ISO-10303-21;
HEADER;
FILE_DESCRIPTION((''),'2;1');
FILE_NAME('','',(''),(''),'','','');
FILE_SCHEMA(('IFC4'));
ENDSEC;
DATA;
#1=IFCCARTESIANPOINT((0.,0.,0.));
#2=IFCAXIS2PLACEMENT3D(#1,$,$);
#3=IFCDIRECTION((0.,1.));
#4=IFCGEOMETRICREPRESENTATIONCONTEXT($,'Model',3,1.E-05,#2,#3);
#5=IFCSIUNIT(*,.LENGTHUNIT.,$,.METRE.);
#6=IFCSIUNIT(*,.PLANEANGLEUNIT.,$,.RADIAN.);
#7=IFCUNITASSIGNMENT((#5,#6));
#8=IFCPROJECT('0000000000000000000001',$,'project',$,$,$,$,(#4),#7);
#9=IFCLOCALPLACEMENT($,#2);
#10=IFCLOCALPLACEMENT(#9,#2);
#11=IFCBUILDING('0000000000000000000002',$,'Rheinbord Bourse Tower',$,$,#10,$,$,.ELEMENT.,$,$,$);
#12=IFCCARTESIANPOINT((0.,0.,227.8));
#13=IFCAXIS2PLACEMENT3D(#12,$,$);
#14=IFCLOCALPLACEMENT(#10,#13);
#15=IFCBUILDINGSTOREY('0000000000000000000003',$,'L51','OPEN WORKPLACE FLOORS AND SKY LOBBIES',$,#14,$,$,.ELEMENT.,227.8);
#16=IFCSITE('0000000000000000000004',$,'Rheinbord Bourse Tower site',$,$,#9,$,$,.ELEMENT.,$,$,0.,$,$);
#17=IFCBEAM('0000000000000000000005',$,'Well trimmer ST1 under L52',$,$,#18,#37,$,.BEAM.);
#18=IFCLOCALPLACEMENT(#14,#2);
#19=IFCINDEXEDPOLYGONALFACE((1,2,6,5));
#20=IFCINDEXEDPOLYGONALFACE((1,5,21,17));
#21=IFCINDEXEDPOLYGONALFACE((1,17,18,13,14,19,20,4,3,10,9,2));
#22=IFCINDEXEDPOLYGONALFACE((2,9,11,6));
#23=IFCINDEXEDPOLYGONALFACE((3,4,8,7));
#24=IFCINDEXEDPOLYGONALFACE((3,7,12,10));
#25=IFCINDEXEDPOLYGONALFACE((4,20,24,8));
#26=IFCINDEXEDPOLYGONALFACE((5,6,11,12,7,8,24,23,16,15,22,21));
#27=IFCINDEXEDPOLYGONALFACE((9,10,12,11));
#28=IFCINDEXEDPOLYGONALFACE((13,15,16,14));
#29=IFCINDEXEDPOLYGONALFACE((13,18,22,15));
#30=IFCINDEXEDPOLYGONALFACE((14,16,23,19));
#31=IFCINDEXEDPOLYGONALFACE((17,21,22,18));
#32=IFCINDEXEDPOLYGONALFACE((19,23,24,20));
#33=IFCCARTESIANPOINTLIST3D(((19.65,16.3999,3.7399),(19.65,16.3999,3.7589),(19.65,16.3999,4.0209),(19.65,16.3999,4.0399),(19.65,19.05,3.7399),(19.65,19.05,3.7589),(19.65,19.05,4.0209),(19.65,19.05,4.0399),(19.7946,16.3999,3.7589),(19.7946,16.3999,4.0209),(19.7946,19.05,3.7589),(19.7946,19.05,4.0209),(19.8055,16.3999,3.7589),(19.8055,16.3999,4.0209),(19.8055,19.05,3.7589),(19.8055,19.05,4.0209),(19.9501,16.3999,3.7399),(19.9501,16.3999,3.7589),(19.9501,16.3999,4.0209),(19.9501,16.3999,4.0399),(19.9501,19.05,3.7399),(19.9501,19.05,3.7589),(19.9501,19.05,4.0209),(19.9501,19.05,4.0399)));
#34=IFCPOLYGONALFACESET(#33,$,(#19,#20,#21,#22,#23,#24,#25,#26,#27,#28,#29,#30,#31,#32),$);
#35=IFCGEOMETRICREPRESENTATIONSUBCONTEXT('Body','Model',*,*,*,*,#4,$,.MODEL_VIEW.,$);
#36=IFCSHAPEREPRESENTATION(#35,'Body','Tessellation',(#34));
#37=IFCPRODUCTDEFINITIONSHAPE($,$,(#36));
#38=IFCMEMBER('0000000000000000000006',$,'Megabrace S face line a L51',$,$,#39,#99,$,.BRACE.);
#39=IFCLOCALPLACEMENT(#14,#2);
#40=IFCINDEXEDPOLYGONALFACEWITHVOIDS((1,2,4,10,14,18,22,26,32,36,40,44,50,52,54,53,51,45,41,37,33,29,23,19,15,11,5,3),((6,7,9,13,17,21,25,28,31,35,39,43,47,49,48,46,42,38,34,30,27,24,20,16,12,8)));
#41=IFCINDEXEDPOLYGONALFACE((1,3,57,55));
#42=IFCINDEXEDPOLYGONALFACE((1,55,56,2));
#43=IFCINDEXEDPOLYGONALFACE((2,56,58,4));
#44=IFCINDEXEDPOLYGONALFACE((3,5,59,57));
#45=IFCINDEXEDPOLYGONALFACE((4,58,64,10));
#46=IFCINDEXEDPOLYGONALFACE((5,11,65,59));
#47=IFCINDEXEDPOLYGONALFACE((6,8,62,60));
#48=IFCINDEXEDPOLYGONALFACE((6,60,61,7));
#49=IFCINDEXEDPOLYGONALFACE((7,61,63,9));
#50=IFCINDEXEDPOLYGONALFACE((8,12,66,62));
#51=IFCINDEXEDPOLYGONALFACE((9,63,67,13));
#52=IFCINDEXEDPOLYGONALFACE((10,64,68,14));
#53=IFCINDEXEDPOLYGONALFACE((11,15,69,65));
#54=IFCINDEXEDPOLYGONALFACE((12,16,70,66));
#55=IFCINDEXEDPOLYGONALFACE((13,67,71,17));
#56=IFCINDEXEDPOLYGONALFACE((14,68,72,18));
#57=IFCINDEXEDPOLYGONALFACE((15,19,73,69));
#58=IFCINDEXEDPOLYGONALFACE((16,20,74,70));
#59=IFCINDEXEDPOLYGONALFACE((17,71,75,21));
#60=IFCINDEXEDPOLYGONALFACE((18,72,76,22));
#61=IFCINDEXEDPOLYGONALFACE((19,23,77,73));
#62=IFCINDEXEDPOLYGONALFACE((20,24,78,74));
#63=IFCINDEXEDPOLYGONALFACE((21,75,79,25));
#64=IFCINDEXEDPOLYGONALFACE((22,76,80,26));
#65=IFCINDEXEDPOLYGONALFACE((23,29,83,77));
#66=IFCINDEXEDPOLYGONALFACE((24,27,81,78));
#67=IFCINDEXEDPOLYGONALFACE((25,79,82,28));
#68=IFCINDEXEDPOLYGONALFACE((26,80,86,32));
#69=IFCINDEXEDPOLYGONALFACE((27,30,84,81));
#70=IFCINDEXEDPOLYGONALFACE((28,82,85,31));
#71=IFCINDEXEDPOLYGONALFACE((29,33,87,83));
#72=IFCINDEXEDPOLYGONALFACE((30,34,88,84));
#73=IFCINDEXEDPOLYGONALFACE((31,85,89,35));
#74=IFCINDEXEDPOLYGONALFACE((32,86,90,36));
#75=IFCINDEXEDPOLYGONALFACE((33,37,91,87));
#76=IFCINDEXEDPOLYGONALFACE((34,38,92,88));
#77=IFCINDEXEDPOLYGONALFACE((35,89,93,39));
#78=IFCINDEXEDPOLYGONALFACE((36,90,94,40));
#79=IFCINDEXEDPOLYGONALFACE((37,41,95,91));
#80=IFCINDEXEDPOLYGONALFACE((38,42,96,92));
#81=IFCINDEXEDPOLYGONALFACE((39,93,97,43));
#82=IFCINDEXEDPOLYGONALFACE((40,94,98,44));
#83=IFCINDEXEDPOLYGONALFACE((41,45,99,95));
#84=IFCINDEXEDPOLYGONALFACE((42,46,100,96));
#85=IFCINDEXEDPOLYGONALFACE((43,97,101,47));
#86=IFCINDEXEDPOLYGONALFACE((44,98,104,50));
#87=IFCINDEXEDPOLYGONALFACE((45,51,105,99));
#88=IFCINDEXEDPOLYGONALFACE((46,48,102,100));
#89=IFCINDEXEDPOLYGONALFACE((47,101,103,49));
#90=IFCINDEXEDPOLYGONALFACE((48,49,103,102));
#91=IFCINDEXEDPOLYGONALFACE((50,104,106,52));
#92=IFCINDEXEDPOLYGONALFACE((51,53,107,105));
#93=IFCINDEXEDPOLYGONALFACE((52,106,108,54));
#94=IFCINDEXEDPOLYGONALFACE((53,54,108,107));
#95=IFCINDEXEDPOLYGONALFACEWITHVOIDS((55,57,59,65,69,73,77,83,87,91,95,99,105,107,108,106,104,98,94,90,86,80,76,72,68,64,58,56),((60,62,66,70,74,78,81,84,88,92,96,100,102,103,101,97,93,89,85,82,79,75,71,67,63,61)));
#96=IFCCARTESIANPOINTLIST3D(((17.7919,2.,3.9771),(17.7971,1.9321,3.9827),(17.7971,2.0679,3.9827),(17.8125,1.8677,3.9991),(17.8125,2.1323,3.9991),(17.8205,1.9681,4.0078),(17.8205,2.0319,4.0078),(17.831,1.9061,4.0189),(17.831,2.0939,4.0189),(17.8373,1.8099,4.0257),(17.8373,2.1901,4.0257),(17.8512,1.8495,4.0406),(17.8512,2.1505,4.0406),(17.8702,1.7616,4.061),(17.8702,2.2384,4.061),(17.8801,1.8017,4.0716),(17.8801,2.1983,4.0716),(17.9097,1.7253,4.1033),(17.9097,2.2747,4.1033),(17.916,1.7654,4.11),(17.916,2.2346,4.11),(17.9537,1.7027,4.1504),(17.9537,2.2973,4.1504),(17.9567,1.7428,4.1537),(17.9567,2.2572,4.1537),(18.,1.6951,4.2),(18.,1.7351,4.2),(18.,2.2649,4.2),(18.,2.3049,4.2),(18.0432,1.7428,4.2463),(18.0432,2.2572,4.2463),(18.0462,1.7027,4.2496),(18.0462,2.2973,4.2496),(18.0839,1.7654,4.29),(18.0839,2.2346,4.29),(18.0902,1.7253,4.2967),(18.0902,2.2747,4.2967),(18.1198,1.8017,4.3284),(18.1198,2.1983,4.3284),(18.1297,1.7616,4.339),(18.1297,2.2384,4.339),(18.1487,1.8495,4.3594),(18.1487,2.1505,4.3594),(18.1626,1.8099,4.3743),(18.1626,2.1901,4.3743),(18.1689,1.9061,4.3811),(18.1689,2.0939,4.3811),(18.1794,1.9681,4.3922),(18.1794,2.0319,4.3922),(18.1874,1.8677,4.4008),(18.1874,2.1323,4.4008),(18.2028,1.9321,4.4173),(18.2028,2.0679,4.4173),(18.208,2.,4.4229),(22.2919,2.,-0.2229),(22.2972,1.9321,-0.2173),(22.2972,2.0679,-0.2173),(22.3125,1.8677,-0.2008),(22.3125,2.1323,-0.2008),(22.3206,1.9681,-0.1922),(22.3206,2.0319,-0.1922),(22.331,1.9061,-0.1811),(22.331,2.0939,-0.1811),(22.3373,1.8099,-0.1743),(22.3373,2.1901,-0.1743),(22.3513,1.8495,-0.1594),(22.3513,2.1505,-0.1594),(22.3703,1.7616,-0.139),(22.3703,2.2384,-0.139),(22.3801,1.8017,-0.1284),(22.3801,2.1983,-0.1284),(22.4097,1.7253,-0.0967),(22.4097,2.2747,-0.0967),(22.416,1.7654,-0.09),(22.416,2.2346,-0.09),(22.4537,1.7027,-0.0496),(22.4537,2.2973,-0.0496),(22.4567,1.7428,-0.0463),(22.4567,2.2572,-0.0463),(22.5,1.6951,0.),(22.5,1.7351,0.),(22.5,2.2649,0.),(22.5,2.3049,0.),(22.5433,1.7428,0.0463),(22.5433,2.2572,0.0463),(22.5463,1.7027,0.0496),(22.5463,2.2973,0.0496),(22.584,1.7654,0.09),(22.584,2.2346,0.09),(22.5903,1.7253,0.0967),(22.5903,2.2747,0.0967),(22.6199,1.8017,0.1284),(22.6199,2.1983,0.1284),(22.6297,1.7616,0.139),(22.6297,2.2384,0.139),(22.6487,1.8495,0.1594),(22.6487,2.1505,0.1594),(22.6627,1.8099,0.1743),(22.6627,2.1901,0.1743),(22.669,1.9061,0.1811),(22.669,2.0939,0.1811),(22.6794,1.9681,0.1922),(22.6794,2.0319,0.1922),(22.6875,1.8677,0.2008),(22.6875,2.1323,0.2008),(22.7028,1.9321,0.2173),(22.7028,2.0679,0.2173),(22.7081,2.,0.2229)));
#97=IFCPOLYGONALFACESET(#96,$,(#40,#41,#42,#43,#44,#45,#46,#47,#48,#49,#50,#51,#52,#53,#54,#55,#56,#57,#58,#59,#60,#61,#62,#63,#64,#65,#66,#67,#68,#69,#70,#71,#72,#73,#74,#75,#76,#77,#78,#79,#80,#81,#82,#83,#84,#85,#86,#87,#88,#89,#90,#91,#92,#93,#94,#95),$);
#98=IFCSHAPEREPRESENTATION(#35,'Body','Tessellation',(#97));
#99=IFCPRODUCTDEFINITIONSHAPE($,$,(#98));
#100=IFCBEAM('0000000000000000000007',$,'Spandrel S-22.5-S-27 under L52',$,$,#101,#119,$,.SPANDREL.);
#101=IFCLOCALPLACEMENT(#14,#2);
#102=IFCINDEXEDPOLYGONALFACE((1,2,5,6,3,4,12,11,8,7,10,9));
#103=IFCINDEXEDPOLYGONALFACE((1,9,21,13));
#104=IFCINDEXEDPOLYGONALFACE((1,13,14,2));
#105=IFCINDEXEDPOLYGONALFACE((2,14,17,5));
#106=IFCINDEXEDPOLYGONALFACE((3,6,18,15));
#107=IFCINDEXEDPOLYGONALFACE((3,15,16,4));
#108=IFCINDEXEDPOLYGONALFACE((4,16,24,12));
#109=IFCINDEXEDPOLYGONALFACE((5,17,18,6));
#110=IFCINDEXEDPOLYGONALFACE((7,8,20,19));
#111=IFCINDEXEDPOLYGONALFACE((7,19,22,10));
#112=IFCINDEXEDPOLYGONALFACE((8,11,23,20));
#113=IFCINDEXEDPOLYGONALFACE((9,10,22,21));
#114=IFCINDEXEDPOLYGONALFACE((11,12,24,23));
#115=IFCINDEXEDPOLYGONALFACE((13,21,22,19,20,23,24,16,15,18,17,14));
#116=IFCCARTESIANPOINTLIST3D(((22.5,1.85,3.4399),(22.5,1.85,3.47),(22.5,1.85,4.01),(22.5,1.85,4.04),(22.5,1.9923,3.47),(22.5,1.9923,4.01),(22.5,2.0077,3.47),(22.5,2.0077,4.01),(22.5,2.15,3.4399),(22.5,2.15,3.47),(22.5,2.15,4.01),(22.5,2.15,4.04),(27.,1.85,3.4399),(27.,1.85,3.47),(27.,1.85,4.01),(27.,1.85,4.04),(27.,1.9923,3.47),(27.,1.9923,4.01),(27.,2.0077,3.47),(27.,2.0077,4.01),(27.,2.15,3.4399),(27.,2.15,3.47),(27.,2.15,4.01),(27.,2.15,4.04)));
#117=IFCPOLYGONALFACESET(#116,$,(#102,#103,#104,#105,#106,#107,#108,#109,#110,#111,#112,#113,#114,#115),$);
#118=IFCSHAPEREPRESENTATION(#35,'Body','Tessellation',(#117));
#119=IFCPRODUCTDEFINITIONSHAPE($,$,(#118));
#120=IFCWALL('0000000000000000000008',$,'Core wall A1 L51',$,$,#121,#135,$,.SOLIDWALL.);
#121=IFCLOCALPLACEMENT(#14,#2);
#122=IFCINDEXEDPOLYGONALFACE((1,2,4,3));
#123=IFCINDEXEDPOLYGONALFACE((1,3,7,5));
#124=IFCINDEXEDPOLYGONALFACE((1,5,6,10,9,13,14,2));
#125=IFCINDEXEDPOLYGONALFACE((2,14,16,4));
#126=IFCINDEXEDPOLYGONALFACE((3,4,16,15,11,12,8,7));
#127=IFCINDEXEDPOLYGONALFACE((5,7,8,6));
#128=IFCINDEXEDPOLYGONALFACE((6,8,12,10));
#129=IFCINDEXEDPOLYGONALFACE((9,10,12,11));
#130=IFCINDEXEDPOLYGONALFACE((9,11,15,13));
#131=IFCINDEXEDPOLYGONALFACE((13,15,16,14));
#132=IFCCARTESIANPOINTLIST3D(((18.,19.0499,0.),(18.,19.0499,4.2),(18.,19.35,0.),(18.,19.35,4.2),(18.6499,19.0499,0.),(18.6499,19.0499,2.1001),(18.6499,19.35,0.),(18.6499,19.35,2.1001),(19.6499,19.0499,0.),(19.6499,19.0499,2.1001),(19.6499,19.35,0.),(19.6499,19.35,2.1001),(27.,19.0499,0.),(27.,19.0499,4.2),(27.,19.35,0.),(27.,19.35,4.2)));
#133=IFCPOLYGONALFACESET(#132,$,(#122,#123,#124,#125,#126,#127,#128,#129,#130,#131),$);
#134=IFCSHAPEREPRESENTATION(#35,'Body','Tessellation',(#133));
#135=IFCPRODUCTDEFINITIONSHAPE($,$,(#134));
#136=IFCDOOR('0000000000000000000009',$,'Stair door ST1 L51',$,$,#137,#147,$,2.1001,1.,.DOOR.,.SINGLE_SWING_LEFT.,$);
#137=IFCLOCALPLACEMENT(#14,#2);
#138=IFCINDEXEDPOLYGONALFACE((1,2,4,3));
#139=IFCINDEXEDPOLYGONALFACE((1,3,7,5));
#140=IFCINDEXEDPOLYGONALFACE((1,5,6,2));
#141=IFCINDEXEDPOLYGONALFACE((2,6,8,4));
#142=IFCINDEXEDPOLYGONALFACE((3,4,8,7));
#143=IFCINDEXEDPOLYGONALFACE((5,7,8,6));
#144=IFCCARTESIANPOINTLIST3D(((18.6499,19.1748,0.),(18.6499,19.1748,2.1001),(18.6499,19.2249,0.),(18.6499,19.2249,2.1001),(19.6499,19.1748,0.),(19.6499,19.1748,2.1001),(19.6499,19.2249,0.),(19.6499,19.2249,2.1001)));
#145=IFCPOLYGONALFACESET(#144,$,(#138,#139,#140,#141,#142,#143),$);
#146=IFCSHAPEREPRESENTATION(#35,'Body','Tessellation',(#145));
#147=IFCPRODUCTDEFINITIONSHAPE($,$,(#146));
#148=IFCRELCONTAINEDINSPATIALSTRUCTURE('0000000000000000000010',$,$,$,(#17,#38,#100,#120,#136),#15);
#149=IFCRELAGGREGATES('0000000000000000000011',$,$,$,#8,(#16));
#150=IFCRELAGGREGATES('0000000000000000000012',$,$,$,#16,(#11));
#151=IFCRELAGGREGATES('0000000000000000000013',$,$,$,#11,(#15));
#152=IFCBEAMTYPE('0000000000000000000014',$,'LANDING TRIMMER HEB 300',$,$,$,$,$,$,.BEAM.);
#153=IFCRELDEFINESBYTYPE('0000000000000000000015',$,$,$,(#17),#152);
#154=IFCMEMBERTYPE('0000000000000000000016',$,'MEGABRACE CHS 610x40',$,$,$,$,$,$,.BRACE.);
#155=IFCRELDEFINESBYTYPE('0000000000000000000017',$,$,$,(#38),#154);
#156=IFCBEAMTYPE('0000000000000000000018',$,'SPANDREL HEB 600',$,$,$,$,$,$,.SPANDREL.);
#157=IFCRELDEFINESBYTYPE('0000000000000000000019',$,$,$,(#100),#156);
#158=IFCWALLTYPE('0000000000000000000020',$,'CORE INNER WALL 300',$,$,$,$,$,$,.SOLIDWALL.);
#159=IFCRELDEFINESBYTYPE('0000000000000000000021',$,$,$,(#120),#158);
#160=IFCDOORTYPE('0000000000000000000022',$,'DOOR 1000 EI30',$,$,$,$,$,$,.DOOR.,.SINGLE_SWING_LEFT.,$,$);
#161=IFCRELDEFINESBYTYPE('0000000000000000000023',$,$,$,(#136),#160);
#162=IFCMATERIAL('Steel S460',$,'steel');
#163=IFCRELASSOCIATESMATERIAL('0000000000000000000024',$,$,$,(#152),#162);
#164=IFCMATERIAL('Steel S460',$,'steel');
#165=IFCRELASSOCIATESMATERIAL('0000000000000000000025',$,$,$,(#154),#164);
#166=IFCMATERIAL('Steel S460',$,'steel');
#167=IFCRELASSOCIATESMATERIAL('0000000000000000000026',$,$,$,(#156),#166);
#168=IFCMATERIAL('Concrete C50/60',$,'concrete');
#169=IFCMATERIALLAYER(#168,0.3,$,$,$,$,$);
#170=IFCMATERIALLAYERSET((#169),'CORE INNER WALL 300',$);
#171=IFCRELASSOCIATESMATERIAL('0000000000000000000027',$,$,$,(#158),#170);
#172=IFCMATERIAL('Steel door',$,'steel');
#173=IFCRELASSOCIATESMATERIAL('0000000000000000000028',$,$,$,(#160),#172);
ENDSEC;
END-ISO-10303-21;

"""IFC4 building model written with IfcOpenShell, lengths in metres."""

from ifc_helpers import new_model, si_unit, direction, frame, frame_2d, origin, origin_2d, place, context, subcontext, project, spatial, rectangle, hollow_circle, i_section, extrude, material, layer, layer_set, material_profile, profile_set, type_object, element, fill, save


model = new_model("IFC4")

# Units and contexts
model_context = context("Model", 3, precision=1e-05, world=origin(), true_north=direction((0.0, 1.0)))
body_context = subcontext(model_context, "Body", "Model", "MODEL_VIEW")
ifc_project = project(units=[si_unit("LENGTHUNIT", "METRE"), si_unit("PLANEANGLEUNIT", "RADIAN")], contexts=[model_context])

# Site, building, storey
site_placement = place(None, origin())
site = spatial("IfcSite", under=ifc_project, at=site_placement, Name="Rheinbord Bourse Tower site", CompositionType="ELEMENT", RefElevation=0.0)
building_placement = place(site_placement, origin())
building = spatial("IfcBuilding", under=site, at=building_placement, Name="Rheinbord Bourse Tower", CompositionType="ELEMENT")
storey_placement = place(building_placement, frame((0.0, 0.0, 227.8)))
storey = spatial("IfcBuildingStorey", under=building, at=storey_placement, Name="L51", Description="OPEN WORKPLACE FLOORS AND SKY LOBBIES", CompositionType="ELEMENT", Elevation=227.8)

# Beam
ifc_material_1 = material(Name="Steel S460", Category="steel")
ifc_material_profile_1 = material_profile(ifc_material_1, i_section(OverallWidth=0.3, OverallDepth=0.3, WebThickness=0.011, FlangeThickness=0.019, at=origin_2d()), Name="HEB 300")
ifc_profile_set_1 = profile_set([ifc_material_profile_1], Name="Steel S460")
beam_type_1 = type_object("IfcBeamType", Name="LANDING TRIMMER HEB 300", PredefinedType="BEAM", material=ifc_profile_set_1)
beam_1_placement = place(storey_placement, frame((19.8, 16.3999, 3.8899), z_axis=(0.0, 1.0, 0.0), x_axis=(-1.0, 0.0, 0.0)))
element("IfcBeam", 1, at=beam_1_placement, inside=storey, type_object=beam_type_1, Name="Well trimmer ST1 under L52", PredefinedType="BEAM", context=body_context, shape_type="SweptSolid", body=[
    extrude(i_section(OverallWidth=0.3, OverallDepth=0.3, WebThickness=0.011, FlangeThickness=0.019, at=origin_2d()), origin(), (0.0, 0.0, 1.0), 2.6501),
])

# Member
ifc_material_2 = material(Name="Steel S460", Category="steel")
ifc_material_profile_2 = material_profile(ifc_material_2, hollow_circle(Radius=0.3049, WallThickness=0.04, at=origin_2d()), Name="CHS 610x40")
ifc_profile_set_2 = profile_set([ifc_material_profile_2], Name="Steel S460")
member_type = type_object("IfcMemberType", Name="MEGABRACE CHS 610x40", PredefinedType="BRACE", material=ifc_profile_set_2)
member_placement = place(storey_placement, frame((22.5, 2.0, 0.0), z_axis=(-0.731059, 0.0, 0.682314), x_axis=(0.0, -1.0, 0.0)))
element("IfcMember", 2, at=member_placement, inside=storey, type_object=member_type, Name="Megabrace S face line a L51", PredefinedType="BRACE", context=body_context, shape_type="SweptSolid", body=[
    extrude(hollow_circle(Radius=0.3049, WallThickness=0.04, at=origin_2d()), origin(), (0.0, 0.0, 1.0), 6.1555),
])

# Beam
ifc_material_3 = material(Name="Steel S460", Category="steel")
ifc_material_profile_3 = material_profile(ifc_material_3, i_section(OverallWidth=0.3, OverallDepth=0.6001, WebThickness=0.0154, FlangeThickness=0.03, at=origin_2d()), Name="HEB 600")
ifc_profile_set_3 = profile_set([ifc_material_profile_3], Name="Steel S460")
beam_type_2 = type_object("IfcBeamType", Name="SPANDREL HEB 600", PredefinedType="SPANDREL", material=ifc_profile_set_3)
beam_2_placement = place(storey_placement, frame((22.5, 2.0, 3.74), z_axis=(1.0, 0.0, 0.0), x_axis=(0.0, 1.0, 0.0)))
element("IfcBeam", 3, at=beam_2_placement, inside=storey, type_object=beam_type_2, Name="Spandrel S-22.5-S-27 under L52", PredefinedType="SPANDREL", context=body_context, shape_type="SweptSolid", body=[
    extrude(i_section(OverallWidth=0.3, OverallDepth=0.6001, WebThickness=0.0154, FlangeThickness=0.03, at=origin_2d()), origin(), (0.0, 0.0, 1.0), 4.5),
])

# Wall, opening, door
ifc_material_4 = material(Name="Concrete C50/60", Category="concrete")
ifc_layer_1 = layer(ifc_material_4, 0.3)
ifc_layer_set_1 = layer_set([ifc_layer_1], Name="CORE INNER WALL 300")
wall_type_1 = type_object("IfcWallType", Name="CORE INNER WALL 300", PredefinedType="SOLIDWALL", material=ifc_layer_set_1)
wall_1_placement = place(storey_placement, frame((18.0, 19.2, 0.0), z_axis=(0.0, 0.0, 1.0), x_axis=(1.0, 0.0, 0.0)))
wall_1 = element("IfcWall", 4, at=wall_1_placement, inside=storey, type_object=wall_type_1, Name="Core wall A1 L51", PredefinedType="SOLIDWALL", context=body_context, shape_type="SweptSolid", body=[
    extrude(rectangle(XDim=9.0, YDim=0.3, at=frame_2d((4.5, 0.0))), origin(), (0.0, 0.0, 1.0), 4.2),
])
opening_1_placement = place(wall_1_placement, frame((0.6499, 0.0, 0.0)))
opening_1 = element("IfcOpeningElement", 5, at=opening_1_placement, cuts=wall_1, PredefinedType="OPENING", context=body_context, shape_type="SweptSolid", body=[
    extrude(rectangle(XDim=1.0, YDim=2.1001, at=frame_2d((0.5, 1.05))), frame((0.0, 0.1599, 0.0), z_axis=(0.0, -1.0, 0.0), x_axis=(1.0, 0.0, 0.0)), (0.0, 0.0, 1.0), 0.3201),
])
ifc_material_5 = material(Name="Steel door", Category="steel")
door_type_1 = type_object("IfcDoorType", Name="DOOR 1000 EI30", OperationType="SINGLE_SWING_LEFT", PredefinedType="DOOR", material=ifc_material_5)
door_1_placement = place(opening_1_placement, origin())
door_1 = element("IfcDoor", 6, at=door_1_placement, inside=storey, type_object=door_type_1, Name="Stair door ST1 L51", OperationType="SINGLE_SWING_LEFT", OverallHeight=2.1001, OverallWidth=1.0, PredefinedType="DOOR", context=body_context, shape_type="SweptSolid", body=[
    extrude(rectangle(XDim=1.0, YDim=2.1001, at=frame_2d((0.5, 1.05))), frame((0.0, 0.0249, 0.0), z_axis=(0.0, -1.0, 0.0), x_axis=(1.0, 0.0, 0.0)), (0.0, 0.0, 1.0), 0.05),
])
fill(opening_1, door_1)

save(model, "model.ifc")
